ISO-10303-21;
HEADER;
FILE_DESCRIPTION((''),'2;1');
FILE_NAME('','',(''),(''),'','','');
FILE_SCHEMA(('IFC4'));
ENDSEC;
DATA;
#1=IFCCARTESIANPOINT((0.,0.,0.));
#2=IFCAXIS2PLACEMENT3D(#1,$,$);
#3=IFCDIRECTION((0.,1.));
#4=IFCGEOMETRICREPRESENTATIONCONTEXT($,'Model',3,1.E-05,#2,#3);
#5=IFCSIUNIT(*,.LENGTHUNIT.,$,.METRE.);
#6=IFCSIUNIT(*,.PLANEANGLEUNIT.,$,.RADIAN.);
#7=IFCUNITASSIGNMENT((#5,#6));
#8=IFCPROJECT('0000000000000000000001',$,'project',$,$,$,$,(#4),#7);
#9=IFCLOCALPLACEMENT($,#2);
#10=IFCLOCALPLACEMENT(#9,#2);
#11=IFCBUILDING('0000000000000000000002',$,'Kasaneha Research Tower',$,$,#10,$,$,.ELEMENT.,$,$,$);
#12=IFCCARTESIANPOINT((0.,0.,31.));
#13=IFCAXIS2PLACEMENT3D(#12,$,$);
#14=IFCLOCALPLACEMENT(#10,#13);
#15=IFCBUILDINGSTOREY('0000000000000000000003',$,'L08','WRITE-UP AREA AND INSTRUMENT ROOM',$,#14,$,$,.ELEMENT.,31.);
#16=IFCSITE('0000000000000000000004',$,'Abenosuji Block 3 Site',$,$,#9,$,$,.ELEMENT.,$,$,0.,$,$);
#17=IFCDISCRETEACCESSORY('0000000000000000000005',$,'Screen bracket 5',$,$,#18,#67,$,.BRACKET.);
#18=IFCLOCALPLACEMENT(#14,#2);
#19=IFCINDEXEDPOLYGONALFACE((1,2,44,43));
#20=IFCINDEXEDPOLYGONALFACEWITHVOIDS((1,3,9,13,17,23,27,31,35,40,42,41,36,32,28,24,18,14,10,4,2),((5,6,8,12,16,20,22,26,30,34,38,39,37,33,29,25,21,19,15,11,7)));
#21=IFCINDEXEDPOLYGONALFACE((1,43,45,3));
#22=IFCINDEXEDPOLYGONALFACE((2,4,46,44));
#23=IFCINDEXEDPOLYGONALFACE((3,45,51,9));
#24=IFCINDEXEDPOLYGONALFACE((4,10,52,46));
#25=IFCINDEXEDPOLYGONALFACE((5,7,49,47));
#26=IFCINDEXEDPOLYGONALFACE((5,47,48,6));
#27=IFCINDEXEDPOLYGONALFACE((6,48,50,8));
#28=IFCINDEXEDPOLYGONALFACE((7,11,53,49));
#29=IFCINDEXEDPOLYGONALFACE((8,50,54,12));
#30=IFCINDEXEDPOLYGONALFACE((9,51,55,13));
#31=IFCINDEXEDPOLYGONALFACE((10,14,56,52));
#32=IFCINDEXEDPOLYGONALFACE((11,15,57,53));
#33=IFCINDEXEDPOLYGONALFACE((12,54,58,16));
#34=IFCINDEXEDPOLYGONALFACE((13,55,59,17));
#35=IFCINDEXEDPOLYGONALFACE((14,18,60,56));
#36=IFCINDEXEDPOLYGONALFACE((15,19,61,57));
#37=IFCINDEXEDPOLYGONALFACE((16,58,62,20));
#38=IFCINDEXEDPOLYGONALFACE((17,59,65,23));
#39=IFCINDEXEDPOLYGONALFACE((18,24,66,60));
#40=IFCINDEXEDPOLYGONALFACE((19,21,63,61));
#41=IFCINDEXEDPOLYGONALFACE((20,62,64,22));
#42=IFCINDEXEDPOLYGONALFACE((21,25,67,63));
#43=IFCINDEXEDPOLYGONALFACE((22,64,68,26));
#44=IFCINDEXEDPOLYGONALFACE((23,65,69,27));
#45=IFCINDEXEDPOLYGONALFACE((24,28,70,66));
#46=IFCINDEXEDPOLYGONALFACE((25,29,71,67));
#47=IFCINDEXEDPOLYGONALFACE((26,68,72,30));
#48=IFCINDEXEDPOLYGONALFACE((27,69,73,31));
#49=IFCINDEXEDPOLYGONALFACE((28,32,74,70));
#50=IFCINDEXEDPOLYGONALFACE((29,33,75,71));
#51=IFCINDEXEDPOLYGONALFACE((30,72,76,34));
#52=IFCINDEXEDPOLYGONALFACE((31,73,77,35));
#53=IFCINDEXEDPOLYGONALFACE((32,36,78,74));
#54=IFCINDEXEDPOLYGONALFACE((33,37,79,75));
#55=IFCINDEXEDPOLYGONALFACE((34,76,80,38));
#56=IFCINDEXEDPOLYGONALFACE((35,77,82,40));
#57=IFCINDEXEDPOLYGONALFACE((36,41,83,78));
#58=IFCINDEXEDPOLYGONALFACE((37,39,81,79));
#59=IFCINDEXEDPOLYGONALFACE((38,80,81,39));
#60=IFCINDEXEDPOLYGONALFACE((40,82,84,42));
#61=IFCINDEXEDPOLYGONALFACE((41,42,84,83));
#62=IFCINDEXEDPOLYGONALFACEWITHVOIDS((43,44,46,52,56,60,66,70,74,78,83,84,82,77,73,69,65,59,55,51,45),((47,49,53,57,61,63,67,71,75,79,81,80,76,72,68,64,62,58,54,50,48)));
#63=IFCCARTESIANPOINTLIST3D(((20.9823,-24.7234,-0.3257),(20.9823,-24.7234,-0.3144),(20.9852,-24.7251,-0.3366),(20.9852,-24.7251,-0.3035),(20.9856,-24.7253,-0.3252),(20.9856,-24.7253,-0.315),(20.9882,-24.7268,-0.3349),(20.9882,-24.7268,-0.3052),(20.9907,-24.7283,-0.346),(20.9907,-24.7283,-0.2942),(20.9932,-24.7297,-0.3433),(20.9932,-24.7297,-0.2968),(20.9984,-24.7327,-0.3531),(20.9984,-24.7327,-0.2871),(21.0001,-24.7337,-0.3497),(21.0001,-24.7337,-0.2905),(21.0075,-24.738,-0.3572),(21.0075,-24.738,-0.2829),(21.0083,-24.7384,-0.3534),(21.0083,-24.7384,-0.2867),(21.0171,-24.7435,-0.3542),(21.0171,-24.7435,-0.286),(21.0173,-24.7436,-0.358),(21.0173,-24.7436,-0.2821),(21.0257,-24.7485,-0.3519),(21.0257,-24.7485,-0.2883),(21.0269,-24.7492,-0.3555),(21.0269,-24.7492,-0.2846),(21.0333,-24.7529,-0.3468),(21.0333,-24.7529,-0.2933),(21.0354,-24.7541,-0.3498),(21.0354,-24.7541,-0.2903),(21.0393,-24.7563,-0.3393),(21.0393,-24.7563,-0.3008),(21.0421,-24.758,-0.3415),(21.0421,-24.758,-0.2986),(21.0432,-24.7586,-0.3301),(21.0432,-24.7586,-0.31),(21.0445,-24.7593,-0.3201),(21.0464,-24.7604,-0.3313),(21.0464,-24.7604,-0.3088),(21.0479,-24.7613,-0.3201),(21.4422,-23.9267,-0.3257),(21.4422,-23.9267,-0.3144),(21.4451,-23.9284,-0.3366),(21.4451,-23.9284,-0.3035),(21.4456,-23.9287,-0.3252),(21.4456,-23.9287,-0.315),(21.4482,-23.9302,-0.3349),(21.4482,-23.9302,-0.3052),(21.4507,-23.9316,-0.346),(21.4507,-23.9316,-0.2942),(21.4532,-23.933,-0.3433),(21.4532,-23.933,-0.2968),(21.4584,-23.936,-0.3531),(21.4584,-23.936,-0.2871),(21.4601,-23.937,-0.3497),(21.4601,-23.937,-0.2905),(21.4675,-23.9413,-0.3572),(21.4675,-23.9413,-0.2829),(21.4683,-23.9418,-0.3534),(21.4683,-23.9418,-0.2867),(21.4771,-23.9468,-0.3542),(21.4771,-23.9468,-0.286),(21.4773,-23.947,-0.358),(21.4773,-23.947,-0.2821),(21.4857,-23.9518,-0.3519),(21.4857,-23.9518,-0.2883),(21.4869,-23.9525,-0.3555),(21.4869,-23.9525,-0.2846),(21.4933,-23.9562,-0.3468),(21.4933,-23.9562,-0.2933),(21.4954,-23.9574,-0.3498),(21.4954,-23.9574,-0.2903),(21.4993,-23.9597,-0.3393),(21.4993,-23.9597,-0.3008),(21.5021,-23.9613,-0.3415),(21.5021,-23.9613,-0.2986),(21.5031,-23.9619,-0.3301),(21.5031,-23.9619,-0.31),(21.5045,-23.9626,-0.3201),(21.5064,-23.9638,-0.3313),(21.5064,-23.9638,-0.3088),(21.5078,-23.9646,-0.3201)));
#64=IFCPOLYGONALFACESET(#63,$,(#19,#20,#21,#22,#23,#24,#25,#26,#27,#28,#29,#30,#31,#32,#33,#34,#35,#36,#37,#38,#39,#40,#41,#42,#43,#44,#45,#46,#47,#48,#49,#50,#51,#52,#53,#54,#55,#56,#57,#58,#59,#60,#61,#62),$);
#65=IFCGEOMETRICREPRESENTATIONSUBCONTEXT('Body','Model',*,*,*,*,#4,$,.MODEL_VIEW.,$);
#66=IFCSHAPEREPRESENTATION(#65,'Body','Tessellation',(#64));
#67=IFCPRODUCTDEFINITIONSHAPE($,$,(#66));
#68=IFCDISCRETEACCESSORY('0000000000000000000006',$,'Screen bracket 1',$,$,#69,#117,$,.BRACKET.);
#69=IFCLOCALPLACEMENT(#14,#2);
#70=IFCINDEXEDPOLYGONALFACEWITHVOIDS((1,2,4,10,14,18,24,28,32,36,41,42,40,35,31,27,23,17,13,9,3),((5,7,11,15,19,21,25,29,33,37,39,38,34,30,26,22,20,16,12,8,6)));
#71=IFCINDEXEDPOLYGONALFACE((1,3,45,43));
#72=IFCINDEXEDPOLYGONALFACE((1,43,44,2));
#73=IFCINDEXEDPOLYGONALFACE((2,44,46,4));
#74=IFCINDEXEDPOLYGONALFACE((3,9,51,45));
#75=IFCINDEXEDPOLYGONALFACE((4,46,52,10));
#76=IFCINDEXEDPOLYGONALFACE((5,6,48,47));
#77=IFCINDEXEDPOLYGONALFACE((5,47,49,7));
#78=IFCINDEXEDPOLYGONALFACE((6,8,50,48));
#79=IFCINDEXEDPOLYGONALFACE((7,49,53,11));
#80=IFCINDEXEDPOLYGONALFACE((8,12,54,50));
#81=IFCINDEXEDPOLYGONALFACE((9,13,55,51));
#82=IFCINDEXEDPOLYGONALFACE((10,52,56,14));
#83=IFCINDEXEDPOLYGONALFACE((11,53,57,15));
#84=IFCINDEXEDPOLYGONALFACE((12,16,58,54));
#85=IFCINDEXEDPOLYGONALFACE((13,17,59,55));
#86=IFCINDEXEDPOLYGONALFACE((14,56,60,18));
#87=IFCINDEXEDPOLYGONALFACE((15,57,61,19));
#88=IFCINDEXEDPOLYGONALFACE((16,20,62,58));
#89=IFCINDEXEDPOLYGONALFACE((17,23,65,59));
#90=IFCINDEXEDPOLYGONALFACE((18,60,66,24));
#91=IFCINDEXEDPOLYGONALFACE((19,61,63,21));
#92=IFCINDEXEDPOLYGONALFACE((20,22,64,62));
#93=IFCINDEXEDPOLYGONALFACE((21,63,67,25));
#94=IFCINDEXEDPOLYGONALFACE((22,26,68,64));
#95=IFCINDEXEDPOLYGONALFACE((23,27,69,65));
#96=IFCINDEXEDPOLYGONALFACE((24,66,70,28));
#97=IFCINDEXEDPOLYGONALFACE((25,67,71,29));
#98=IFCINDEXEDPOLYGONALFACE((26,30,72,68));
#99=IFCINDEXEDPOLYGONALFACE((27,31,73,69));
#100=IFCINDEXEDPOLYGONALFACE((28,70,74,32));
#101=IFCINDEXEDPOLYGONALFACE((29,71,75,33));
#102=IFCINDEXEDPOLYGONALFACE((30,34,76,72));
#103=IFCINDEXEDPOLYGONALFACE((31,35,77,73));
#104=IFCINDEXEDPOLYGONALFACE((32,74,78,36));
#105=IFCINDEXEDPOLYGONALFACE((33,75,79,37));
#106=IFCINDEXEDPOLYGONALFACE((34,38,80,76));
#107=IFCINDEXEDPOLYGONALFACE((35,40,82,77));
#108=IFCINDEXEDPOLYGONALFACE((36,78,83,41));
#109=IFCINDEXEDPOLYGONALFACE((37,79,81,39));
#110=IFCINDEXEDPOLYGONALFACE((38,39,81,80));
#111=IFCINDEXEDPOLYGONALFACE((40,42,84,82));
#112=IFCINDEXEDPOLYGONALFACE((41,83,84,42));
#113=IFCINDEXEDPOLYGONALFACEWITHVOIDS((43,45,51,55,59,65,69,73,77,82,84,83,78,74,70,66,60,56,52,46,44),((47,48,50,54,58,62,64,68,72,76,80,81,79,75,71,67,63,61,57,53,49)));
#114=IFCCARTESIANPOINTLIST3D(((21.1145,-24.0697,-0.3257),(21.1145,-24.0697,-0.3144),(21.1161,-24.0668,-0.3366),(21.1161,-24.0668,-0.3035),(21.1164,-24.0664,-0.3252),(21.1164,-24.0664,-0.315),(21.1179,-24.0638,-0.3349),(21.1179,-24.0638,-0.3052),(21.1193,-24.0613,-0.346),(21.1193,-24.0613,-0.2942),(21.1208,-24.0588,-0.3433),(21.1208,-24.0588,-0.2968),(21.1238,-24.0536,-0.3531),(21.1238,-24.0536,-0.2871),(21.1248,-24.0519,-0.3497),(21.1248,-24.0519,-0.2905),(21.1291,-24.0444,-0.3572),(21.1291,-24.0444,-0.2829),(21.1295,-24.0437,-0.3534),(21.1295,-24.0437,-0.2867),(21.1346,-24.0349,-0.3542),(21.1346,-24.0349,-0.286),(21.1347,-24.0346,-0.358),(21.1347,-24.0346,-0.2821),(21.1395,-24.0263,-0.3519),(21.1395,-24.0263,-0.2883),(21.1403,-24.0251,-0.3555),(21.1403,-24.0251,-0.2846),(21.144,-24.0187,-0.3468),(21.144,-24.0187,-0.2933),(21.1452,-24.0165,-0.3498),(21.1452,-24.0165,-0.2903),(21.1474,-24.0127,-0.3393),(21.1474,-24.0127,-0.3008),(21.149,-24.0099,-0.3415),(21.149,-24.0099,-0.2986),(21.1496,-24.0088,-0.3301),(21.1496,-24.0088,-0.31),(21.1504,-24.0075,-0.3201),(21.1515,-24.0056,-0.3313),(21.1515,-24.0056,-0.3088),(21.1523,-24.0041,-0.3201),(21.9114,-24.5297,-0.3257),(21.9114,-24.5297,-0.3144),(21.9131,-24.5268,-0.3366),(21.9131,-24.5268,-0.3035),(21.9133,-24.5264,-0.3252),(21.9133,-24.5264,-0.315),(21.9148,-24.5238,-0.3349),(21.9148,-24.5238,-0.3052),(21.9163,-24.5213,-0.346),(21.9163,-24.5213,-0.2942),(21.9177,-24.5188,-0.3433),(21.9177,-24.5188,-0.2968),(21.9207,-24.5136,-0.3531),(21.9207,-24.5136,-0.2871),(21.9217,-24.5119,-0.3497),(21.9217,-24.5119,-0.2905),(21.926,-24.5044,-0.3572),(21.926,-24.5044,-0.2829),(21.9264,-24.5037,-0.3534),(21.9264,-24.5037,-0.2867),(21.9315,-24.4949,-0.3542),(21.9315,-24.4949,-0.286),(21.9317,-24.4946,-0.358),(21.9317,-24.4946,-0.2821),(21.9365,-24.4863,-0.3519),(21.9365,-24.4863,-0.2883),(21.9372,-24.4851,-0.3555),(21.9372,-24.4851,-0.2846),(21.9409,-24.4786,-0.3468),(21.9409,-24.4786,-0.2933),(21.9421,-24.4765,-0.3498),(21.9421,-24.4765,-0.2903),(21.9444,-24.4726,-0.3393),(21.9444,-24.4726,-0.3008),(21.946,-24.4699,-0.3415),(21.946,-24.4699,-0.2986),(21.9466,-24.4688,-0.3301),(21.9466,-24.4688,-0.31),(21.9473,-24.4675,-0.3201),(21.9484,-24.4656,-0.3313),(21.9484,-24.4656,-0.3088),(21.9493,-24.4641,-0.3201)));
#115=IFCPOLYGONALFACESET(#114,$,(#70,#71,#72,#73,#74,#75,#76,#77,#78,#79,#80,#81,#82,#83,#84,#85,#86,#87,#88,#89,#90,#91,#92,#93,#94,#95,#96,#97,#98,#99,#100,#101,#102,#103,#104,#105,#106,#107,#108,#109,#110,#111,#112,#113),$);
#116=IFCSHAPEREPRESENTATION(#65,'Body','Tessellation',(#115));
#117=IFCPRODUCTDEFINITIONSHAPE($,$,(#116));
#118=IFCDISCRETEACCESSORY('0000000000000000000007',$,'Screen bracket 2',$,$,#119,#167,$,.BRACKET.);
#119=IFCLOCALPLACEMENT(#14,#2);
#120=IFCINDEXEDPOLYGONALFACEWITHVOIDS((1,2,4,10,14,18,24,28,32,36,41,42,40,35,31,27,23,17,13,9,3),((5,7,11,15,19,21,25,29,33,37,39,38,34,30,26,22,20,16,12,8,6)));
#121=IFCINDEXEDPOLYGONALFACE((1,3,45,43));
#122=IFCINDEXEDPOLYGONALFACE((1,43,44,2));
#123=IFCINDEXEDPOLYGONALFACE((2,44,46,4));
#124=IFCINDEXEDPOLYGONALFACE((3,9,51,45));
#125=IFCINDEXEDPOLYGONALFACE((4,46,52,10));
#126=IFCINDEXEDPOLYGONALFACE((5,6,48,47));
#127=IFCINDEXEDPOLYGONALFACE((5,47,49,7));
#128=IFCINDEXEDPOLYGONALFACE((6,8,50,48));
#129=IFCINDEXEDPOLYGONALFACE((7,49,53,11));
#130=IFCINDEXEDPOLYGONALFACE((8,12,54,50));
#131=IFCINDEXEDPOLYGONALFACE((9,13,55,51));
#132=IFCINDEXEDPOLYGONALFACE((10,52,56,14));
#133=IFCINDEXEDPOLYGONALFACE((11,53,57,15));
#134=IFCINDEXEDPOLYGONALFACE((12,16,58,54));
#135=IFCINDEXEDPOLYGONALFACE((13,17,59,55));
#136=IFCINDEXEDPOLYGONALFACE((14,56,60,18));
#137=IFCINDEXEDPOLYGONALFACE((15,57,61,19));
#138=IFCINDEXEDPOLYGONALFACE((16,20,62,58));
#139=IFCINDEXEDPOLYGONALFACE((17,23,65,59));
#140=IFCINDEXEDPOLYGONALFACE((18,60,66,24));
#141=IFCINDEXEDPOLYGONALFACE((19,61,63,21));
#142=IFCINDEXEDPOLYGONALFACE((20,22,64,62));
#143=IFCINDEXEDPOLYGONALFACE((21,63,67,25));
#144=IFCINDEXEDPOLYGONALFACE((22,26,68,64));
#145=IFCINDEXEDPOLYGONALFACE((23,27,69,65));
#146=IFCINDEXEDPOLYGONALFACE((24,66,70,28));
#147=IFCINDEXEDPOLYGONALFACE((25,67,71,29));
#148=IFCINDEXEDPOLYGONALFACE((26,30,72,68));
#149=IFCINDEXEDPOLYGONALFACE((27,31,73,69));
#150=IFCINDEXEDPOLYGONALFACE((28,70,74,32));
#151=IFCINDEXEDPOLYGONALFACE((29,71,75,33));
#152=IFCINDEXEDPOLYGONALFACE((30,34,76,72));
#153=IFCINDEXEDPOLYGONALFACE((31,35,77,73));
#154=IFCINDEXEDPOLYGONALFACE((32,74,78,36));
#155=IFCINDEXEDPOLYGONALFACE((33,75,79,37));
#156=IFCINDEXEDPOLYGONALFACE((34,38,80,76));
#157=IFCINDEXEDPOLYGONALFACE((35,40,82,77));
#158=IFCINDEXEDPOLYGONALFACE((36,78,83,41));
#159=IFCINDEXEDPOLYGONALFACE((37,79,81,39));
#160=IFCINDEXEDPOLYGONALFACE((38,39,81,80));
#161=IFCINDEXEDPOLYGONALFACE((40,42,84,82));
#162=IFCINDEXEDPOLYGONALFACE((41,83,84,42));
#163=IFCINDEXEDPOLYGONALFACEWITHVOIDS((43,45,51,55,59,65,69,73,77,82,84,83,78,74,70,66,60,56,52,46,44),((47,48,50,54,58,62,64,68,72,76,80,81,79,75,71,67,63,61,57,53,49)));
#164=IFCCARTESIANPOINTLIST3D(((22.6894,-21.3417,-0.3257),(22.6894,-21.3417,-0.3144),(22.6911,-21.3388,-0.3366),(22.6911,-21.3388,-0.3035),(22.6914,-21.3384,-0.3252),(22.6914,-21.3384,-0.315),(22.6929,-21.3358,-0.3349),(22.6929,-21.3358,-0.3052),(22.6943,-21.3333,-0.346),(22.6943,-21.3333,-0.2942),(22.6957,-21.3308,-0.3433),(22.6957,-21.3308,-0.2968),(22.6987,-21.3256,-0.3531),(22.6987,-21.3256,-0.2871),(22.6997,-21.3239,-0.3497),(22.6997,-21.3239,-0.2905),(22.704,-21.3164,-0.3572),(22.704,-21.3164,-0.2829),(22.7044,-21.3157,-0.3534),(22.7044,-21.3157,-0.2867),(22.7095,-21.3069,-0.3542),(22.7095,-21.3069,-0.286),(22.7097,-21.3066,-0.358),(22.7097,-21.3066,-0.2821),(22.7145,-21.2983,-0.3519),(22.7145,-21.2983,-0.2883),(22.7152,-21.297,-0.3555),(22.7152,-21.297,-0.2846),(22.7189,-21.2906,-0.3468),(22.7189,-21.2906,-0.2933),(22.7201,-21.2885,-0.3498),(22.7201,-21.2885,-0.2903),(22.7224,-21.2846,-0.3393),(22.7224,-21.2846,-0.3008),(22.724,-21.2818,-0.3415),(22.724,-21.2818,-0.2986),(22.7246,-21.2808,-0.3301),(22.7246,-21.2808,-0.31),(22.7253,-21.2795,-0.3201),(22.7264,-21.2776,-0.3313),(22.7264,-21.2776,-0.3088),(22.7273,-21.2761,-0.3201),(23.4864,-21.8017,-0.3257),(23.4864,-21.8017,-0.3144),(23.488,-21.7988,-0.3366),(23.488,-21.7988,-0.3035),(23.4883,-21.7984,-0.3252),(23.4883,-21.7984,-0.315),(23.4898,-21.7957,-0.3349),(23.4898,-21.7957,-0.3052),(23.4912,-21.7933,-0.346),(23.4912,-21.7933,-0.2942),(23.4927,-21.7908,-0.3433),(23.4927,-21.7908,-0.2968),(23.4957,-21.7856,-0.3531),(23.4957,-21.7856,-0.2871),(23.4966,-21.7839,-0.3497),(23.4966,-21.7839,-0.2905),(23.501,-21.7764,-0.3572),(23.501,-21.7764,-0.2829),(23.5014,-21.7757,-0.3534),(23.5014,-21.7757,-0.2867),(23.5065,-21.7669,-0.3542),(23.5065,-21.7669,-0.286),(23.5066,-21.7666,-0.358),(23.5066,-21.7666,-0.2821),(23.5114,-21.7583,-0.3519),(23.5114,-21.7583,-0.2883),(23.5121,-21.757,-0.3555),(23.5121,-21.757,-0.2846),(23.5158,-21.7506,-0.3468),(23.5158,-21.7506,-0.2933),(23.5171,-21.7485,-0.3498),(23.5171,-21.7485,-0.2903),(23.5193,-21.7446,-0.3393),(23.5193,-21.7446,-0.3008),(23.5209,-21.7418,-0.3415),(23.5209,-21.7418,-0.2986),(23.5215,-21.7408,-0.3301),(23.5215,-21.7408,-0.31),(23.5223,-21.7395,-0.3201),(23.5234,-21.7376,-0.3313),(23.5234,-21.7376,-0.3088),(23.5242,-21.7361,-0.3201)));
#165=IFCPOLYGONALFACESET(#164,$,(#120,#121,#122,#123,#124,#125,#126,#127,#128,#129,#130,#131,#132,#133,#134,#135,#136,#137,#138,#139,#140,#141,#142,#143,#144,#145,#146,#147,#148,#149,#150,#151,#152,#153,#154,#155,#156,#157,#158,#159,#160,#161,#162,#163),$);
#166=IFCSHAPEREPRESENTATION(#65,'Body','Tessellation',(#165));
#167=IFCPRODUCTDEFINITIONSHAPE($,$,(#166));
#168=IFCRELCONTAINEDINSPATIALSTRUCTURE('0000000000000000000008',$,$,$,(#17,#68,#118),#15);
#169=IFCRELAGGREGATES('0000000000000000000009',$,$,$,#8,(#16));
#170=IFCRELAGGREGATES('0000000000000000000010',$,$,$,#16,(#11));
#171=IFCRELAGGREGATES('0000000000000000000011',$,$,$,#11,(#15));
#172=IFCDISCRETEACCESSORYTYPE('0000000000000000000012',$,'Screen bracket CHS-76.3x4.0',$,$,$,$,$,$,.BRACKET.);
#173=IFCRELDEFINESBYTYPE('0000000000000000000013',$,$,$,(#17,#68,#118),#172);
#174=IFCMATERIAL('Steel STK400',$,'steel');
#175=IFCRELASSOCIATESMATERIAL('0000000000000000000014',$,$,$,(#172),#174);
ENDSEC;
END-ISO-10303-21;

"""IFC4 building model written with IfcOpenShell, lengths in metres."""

from ifc_helpers import new_model, si_unit, direction, frame, origin, origin_2d, place, context, subcontext, project, spatial, hollow_circle, extrude, material, material_profile, profile_set, type_object, element, save


model = new_model("IFC4")

# Units and contexts
model_context = context("Model", 3, precision=1e-05, world=origin(), true_north=direction((0.0, 1.0)))
body_context = subcontext(model_context, "Body", "Model", "MODEL_VIEW")
ifc_project = project(units=[si_unit("LENGTHUNIT", "METRE"), si_unit("PLANEANGLEUNIT", "RADIAN")], contexts=[model_context])

# Site, building, storey
site_placement = place(None, origin())
site = spatial("IfcSite", under=ifc_project, at=site_placement, Name="Abenosuji Block 3 Site", CompositionType="ELEMENT", RefElevation=0.0)
building_placement = place(site_placement, origin())
building = spatial("IfcBuilding", under=site, at=building_placement, Name="Kasaneha Research Tower", CompositionType="ELEMENT")
storey_placement = place(building_placement, frame((0.0, 0.0, 31.0)))
storey = spatial("IfcBuildingStorey", under=building, at=storey_placement, Name="L08", Description="WRITE-UP AREA AND INSTRUMENT ROOM", CompositionType="ELEMENT", Elevation=31.0)

# Discrete accessories
ifc_material_1 = material(Name="Steel STK400", Category="steel")
ifc_material_profile_1 = material_profile(ifc_material_1, hollow_circle(Radius=0.0381, WallThickness=0.0039, at=origin_2d()), Name="CHS-76.3x4.0")
ifc_profile_set_1 = profile_set([ifc_material_profile_1], Name="Steel STK400")
discrete_accessory_type = type_object("IfcDiscreteAccessoryType", Name="Screen bracket CHS-76.3x4.0", PredefinedType="BRACKET", material=ifc_profile_set_1)
discrete_accessory_1_placement = place(storey_placement, frame((21.4749, -23.9456, -0.3201), z_axis=(-0.500021, -0.866013, 0.0), x_axis=(0.866013, -0.500021, 0.0)))
element("IfcDiscreteAccessory", 1, at=discrete_accessory_1_placement, inside=storey, type_object=discrete_accessory_type, Name="Screen bracket 5", PredefinedType="BRACKET", context=body_context, shape_type="SweptSolid", body=[
    extrude(hollow_circle(Radius=0.0381, WallThickness=0.0039, at=origin_2d()), origin(), (0.0, 0.0, 1.0), 0.9199),
])
for number, where, z_axis, x_axis, name in (
    (2, (21.1333, -24.0371, -0.3201), (0.86608, -0.499906, 0.0), (0.499906, 0.86608, 0.0), "Screen bracket 1"),
    (3, (22.7083, -21.3091, -0.3201), (0.86608, -0.499906, 0.0), (0.499906, 0.86608, 0.0), "Screen bracket 2"),
):
    element("IfcDiscreteAccessory", number, at=place(storey_placement, frame(where, z_axis=z_axis, x_axis=x_axis)), inside=storey, type_object=discrete_accessory_type, Name=name, PredefinedType="BRACKET", context=body_context, shape_type="SweptSolid", body=[
        extrude(hollow_circle(Radius=0.0381, WallThickness=0.0039, at=origin_2d()), origin(), (0.0, 0.0, 1.0), 0.9202),
    ])

save(model, "model.ifc")
